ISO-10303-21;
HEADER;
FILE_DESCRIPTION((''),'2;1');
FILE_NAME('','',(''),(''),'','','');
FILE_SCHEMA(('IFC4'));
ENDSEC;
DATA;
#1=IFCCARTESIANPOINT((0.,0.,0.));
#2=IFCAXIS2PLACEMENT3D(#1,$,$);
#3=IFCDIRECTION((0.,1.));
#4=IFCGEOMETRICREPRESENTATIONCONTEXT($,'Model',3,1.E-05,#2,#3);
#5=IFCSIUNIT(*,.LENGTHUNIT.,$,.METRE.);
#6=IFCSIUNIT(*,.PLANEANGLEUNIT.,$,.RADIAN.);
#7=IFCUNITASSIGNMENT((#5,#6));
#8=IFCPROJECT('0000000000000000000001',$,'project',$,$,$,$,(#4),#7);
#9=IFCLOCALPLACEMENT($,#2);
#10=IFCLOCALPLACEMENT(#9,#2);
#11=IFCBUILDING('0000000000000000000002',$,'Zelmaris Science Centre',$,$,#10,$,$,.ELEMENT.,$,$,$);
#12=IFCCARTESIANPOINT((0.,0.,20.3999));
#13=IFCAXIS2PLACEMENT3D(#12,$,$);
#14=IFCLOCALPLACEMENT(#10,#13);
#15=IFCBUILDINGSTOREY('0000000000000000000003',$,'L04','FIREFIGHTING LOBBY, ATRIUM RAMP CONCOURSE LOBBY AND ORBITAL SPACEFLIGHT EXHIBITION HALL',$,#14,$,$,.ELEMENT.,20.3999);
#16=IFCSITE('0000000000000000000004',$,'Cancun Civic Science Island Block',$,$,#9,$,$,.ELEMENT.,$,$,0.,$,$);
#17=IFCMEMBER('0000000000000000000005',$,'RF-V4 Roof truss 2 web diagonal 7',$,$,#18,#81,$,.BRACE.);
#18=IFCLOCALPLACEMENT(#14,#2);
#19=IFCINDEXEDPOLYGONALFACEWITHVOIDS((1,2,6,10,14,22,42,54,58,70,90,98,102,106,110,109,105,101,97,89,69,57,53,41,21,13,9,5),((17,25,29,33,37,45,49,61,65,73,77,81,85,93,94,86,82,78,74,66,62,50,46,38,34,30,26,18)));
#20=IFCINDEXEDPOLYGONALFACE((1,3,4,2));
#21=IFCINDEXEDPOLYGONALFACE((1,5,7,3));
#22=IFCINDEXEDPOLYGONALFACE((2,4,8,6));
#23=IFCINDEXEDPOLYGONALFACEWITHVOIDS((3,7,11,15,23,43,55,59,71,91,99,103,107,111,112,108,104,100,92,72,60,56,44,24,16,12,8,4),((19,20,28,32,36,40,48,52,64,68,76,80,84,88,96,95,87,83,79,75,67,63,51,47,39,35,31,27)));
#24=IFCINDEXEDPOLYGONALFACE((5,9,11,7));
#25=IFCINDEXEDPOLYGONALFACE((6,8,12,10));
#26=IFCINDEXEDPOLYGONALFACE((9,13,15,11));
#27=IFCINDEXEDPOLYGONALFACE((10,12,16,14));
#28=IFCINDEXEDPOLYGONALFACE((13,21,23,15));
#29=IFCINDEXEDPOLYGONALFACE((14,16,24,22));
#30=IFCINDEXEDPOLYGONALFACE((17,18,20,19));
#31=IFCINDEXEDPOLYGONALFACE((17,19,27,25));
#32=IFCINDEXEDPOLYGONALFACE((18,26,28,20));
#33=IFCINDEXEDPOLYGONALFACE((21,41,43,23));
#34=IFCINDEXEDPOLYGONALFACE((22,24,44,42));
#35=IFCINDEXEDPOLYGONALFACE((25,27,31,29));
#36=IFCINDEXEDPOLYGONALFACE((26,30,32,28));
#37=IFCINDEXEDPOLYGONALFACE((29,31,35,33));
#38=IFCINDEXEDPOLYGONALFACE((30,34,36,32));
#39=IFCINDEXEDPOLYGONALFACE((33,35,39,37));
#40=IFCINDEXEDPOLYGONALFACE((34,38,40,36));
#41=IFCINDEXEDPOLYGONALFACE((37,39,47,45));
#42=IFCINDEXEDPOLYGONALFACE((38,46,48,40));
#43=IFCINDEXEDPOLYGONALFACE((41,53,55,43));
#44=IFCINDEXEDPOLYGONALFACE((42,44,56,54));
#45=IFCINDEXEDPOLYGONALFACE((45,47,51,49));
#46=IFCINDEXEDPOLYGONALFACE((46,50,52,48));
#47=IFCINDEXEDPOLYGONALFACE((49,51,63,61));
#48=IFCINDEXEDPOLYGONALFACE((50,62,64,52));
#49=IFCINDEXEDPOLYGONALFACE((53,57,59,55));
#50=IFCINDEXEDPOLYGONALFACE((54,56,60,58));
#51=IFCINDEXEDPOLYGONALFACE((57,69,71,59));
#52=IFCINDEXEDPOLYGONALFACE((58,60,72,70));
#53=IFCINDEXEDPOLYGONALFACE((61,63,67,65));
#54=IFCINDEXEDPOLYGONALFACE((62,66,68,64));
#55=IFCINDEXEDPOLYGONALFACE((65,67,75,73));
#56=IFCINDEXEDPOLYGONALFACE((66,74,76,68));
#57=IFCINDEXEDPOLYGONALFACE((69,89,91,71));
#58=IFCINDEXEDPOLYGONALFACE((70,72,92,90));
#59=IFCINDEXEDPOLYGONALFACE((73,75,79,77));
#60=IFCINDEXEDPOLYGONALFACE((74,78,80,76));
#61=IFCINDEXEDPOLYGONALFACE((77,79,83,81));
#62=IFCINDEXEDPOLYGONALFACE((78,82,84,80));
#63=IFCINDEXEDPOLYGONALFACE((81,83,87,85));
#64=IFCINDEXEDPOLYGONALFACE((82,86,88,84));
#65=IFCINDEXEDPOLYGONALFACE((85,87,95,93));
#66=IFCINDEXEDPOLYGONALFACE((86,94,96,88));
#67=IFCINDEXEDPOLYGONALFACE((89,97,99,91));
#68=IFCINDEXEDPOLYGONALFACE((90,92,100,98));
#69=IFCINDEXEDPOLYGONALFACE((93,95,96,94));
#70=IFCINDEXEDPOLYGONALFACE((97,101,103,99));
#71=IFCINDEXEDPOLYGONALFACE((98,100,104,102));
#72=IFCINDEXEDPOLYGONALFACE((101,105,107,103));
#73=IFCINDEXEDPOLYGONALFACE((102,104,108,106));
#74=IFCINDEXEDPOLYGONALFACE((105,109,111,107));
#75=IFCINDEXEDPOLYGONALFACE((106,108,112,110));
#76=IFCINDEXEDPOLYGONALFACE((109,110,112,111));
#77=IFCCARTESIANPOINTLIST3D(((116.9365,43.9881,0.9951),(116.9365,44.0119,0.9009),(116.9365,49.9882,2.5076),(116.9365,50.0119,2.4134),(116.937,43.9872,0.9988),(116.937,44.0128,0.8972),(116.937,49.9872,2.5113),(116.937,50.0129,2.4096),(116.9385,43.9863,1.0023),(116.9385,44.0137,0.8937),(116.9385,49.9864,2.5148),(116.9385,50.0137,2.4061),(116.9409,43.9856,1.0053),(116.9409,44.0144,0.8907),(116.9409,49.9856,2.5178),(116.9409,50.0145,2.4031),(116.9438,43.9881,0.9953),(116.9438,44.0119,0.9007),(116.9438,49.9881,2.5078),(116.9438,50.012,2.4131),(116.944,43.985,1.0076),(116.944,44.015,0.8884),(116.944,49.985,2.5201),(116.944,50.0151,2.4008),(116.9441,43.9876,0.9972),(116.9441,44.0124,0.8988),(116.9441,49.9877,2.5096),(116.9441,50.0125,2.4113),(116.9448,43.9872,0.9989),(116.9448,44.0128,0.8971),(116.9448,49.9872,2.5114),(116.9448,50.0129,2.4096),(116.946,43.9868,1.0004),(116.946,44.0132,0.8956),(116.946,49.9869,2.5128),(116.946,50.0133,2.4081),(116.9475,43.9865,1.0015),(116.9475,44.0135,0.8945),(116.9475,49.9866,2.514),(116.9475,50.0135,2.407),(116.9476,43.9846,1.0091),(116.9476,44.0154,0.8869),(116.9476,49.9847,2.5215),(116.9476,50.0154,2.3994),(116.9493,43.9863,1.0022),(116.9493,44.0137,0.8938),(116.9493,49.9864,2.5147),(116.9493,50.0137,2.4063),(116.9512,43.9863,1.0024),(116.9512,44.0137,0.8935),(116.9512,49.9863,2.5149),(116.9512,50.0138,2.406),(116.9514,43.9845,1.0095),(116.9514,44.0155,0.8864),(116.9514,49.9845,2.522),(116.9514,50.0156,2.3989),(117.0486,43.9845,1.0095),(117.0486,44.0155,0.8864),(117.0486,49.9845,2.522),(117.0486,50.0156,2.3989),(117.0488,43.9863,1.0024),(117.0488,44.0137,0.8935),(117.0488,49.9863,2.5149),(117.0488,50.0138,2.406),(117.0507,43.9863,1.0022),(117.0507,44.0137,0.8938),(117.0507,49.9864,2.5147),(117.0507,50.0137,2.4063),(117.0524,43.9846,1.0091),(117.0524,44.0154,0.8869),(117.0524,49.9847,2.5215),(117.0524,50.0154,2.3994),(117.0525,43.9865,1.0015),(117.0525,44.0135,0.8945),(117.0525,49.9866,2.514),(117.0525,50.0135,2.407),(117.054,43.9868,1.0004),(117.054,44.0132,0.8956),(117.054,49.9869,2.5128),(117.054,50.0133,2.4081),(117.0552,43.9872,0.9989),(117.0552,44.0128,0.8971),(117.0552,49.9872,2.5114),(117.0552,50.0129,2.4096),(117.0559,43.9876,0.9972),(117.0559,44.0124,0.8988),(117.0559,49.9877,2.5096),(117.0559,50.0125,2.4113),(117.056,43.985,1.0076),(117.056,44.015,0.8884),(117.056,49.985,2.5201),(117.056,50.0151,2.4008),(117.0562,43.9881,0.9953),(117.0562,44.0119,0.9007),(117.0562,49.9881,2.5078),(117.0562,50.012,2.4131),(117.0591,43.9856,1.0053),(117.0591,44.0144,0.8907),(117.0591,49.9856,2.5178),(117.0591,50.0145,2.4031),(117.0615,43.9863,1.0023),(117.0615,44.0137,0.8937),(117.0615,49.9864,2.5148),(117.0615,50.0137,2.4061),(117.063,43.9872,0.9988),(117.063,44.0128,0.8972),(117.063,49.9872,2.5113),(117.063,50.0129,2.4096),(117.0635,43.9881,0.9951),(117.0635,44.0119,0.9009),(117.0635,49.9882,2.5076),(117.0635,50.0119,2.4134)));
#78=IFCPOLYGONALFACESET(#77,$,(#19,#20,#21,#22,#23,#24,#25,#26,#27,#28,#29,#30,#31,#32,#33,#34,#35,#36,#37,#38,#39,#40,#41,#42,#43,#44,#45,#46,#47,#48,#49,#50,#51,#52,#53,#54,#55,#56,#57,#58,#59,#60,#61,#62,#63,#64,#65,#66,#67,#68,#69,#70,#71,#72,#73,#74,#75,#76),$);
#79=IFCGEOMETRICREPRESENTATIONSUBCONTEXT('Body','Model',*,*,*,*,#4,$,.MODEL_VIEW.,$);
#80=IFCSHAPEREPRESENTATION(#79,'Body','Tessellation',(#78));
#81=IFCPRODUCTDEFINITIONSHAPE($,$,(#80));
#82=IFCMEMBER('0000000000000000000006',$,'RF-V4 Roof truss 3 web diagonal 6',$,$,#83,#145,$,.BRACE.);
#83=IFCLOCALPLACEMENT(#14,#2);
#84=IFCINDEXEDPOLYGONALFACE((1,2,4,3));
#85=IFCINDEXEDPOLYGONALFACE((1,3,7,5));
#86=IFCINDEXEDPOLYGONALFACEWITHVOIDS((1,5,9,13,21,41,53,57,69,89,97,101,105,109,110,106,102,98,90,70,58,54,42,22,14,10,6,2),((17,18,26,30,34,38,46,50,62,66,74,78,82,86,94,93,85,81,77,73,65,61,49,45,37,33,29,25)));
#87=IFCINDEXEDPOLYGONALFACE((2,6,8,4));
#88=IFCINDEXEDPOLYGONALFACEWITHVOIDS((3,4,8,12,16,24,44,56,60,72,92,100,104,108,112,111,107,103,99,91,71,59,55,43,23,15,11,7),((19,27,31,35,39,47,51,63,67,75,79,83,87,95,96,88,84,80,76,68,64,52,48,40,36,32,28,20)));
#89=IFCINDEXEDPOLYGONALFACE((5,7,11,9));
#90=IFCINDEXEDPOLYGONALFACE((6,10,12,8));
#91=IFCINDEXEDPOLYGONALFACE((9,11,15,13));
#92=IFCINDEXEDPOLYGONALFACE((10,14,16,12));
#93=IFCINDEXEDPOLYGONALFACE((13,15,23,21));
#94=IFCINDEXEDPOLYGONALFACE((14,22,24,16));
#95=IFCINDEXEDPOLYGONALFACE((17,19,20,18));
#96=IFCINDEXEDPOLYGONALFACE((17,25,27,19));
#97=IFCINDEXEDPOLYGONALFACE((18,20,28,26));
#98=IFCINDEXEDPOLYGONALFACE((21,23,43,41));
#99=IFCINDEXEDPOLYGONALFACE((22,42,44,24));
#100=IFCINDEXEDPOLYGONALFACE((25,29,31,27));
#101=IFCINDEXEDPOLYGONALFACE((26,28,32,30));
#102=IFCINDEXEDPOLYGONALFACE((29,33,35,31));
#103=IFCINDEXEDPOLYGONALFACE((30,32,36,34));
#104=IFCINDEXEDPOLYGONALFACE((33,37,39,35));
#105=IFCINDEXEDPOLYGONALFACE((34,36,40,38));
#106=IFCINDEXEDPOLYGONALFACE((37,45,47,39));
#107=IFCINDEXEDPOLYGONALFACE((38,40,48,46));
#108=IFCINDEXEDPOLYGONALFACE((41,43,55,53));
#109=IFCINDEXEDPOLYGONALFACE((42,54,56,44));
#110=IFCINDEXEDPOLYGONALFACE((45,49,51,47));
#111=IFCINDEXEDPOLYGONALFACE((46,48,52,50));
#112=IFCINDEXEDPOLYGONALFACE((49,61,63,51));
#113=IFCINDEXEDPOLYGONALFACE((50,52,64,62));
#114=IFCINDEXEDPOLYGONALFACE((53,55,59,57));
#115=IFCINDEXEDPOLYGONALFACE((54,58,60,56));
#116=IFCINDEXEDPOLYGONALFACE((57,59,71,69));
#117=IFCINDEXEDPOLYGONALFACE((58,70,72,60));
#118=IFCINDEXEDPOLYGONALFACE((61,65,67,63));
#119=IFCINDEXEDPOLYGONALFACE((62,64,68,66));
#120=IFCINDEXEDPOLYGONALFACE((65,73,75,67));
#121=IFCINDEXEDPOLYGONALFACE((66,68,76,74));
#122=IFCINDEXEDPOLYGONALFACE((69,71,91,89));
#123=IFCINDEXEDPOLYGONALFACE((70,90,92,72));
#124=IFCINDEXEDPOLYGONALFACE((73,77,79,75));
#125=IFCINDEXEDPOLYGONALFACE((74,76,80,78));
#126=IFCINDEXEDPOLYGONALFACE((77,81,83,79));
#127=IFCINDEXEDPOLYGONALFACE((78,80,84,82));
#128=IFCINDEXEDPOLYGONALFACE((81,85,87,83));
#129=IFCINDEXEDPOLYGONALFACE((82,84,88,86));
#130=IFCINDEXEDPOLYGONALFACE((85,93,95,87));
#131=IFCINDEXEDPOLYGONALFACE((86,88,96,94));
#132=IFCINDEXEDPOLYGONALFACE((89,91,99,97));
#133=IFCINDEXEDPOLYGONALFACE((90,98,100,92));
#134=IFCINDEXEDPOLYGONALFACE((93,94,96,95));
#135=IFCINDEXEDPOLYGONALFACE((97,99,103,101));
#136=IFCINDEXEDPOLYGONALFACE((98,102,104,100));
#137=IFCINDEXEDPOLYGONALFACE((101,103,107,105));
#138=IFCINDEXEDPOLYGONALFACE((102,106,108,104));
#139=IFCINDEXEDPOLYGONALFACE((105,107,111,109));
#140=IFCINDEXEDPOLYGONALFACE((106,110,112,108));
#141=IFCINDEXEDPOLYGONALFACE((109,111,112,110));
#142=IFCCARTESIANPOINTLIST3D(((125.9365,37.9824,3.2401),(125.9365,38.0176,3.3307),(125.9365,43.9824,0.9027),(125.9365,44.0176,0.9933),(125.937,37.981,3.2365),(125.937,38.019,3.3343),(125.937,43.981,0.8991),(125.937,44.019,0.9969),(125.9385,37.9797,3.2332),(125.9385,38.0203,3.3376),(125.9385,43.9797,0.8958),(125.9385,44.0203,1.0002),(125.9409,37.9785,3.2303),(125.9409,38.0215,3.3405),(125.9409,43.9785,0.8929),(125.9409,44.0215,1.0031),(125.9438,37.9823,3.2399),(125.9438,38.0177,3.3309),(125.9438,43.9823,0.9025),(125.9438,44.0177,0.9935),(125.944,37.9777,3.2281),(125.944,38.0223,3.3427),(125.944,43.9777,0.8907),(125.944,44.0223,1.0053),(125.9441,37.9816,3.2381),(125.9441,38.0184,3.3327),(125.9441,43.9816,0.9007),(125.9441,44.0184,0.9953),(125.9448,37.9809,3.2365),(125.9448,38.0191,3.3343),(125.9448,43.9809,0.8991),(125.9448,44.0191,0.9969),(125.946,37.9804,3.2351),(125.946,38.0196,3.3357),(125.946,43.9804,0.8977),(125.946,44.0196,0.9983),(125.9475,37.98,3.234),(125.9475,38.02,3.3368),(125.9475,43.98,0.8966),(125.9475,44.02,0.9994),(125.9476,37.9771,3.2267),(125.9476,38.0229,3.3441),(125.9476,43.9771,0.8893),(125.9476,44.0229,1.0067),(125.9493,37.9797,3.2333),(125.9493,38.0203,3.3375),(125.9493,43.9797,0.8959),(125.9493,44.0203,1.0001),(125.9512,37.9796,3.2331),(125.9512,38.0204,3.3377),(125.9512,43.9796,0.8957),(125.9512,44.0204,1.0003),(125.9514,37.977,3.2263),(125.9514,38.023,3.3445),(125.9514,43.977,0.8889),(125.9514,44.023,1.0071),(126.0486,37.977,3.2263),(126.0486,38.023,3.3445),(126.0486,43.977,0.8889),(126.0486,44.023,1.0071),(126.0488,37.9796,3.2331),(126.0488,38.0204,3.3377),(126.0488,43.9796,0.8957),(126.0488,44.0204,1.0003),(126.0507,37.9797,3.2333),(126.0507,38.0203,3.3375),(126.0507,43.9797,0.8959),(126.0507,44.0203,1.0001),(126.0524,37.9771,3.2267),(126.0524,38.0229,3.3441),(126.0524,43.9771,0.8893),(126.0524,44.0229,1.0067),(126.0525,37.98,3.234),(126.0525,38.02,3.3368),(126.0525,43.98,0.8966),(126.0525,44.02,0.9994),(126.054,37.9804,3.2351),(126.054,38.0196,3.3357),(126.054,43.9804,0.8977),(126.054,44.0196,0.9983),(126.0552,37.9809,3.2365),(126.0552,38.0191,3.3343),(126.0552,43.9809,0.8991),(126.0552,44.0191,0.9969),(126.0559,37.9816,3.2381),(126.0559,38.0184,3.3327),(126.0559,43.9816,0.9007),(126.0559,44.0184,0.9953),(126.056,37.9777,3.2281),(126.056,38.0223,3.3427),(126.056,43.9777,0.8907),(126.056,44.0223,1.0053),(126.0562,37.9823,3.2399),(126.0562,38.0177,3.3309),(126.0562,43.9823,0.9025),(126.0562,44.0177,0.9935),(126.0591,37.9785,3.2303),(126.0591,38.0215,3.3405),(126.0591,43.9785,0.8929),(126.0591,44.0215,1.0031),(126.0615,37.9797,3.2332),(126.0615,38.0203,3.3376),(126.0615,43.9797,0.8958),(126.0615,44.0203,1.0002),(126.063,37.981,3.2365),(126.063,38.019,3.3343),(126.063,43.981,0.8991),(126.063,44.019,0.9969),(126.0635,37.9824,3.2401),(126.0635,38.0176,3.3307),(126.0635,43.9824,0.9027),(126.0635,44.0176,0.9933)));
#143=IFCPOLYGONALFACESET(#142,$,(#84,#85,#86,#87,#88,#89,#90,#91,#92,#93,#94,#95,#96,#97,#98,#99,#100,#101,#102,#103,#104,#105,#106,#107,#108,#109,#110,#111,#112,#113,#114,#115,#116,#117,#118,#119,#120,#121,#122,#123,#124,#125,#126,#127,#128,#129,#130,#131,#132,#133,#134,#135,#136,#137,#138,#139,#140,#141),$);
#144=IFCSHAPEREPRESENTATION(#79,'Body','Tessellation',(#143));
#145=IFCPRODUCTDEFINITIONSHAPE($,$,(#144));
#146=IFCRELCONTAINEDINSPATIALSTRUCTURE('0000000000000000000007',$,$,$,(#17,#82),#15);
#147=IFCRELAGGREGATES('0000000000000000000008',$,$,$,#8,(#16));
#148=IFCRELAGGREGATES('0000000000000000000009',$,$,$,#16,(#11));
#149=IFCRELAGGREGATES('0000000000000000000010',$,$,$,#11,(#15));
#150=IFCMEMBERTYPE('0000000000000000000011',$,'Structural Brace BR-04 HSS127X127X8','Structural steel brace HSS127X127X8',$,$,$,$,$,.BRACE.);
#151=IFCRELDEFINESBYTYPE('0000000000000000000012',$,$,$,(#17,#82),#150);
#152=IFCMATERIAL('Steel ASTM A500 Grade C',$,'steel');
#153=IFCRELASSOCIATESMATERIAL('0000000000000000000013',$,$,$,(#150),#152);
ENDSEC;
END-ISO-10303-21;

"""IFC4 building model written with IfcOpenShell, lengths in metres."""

from ifc_helpers import new_model, si_unit, direction, frame, origin, origin_2d, place, context, subcontext, project, spatial, hollow_rectangle, extrude, material, material_profile, profile_set, type_object, element, save


model = new_model("IFC4")

# Units and contexts
model_context = context("Model", 3, precision=1e-05, world=origin(), true_north=direction((0.0, 1.0)))
body_context = subcontext(model_context, "Body", "Model", "MODEL_VIEW")
ifc_project = project(units=[si_unit("LENGTHUNIT", "METRE"), si_unit("PLANEANGLEUNIT", "RADIAN")], contexts=[model_context])

# Site, building, storey
site_placement = place(None, origin())
site = spatial("IfcSite", under=ifc_project, at=site_placement, Name="Cancun Civic Science Island Block", CompositionType="ELEMENT", RefElevation=0.0)
building_placement = place(site_placement, origin())
building = spatial("IfcBuilding", under=site, at=building_placement, Name="Zelmaris Science Centre", CompositionType="ELEMENT")
storey_placement = place(building_placement, frame((0.0, 0.0, 20.3999)))
storey = spatial("IfcBuildingStorey", under=building, at=storey_placement, Name="L04", Description="FIREFIGHTING LOBBY, ATRIUM RAMP CONCOURSE LOBBY AND ORBITAL SPACEFLIGHT EXHIBITION HALL", CompositionType="ELEMENT", Elevation=20.3999)

# Members
ifc_material = material(Name="Steel ASTM A500 Grade C", Category="steel")
ifc_material_profile_1 = material_profile(ifc_material, hollow_rectangle(XDim=0.127, YDim=0.127, WallThickness=0.0073, InnerFilletRadius=0.0073, OuterFilletRadius=0.0149, at=origin_2d()), Name="HSS127X127X8")
ifc_profile_set_1 = profile_set([ifc_material_profile_1], Name="Steel ASTM A500 Grade C")
member_type_1 = type_object("IfcMemberType", Name="Structural Brace BR-04 HSS127X127X8", Description="Structural steel brace HSS127X127X8", PredefinedType="BRACE", material=ifc_profile_set_1)
member_1_placement = place(storey_placement, frame((117.0, 44.0, 0.948), z_axis=(0.0, 0.969667, 0.244429), x_axis=(-1.0, 0.0, 0.0)))
element("IfcMember", 1, at=member_1_placement, inside=storey, type_object=member_type_1, Name="RF-V4 Roof truss 2 web diagonal 7", PredefinedType="BRACE", context=body_context, shape_type="SweptSolid", body=[
    extrude(hollow_rectangle(XDim=0.127, YDim=0.127, WallThickness=0.0073, InnerFilletRadius=0.0073, OuterFilletRadius=0.0149, at=origin_2d()), origin(), (0.0, 0.0, 1.0), 6.1877),
])
member_2_placement = place(storey_placement, frame((126.0, 38.0, 3.2854), z_axis=(0.0, 0.931791, -0.362995), x_axis=(-1.0, 0.0, 0.0)))
element("IfcMember", 2, at=member_2_placement, inside=storey, type_object=member_type_1, Name="RF-V4 Roof truss 3 web diagonal 6", PredefinedType="BRACE", context=body_context, shape_type="SweptSolid", body=[
    extrude(hollow_rectangle(XDim=0.127, YDim=0.127, WallThickness=0.0073, InnerFilletRadius=0.0073, OuterFilletRadius=0.0149, at=origin_2d()), origin(), (0.0, 0.0, 1.0), 6.4392),
])

save(model, "model.ifc")
